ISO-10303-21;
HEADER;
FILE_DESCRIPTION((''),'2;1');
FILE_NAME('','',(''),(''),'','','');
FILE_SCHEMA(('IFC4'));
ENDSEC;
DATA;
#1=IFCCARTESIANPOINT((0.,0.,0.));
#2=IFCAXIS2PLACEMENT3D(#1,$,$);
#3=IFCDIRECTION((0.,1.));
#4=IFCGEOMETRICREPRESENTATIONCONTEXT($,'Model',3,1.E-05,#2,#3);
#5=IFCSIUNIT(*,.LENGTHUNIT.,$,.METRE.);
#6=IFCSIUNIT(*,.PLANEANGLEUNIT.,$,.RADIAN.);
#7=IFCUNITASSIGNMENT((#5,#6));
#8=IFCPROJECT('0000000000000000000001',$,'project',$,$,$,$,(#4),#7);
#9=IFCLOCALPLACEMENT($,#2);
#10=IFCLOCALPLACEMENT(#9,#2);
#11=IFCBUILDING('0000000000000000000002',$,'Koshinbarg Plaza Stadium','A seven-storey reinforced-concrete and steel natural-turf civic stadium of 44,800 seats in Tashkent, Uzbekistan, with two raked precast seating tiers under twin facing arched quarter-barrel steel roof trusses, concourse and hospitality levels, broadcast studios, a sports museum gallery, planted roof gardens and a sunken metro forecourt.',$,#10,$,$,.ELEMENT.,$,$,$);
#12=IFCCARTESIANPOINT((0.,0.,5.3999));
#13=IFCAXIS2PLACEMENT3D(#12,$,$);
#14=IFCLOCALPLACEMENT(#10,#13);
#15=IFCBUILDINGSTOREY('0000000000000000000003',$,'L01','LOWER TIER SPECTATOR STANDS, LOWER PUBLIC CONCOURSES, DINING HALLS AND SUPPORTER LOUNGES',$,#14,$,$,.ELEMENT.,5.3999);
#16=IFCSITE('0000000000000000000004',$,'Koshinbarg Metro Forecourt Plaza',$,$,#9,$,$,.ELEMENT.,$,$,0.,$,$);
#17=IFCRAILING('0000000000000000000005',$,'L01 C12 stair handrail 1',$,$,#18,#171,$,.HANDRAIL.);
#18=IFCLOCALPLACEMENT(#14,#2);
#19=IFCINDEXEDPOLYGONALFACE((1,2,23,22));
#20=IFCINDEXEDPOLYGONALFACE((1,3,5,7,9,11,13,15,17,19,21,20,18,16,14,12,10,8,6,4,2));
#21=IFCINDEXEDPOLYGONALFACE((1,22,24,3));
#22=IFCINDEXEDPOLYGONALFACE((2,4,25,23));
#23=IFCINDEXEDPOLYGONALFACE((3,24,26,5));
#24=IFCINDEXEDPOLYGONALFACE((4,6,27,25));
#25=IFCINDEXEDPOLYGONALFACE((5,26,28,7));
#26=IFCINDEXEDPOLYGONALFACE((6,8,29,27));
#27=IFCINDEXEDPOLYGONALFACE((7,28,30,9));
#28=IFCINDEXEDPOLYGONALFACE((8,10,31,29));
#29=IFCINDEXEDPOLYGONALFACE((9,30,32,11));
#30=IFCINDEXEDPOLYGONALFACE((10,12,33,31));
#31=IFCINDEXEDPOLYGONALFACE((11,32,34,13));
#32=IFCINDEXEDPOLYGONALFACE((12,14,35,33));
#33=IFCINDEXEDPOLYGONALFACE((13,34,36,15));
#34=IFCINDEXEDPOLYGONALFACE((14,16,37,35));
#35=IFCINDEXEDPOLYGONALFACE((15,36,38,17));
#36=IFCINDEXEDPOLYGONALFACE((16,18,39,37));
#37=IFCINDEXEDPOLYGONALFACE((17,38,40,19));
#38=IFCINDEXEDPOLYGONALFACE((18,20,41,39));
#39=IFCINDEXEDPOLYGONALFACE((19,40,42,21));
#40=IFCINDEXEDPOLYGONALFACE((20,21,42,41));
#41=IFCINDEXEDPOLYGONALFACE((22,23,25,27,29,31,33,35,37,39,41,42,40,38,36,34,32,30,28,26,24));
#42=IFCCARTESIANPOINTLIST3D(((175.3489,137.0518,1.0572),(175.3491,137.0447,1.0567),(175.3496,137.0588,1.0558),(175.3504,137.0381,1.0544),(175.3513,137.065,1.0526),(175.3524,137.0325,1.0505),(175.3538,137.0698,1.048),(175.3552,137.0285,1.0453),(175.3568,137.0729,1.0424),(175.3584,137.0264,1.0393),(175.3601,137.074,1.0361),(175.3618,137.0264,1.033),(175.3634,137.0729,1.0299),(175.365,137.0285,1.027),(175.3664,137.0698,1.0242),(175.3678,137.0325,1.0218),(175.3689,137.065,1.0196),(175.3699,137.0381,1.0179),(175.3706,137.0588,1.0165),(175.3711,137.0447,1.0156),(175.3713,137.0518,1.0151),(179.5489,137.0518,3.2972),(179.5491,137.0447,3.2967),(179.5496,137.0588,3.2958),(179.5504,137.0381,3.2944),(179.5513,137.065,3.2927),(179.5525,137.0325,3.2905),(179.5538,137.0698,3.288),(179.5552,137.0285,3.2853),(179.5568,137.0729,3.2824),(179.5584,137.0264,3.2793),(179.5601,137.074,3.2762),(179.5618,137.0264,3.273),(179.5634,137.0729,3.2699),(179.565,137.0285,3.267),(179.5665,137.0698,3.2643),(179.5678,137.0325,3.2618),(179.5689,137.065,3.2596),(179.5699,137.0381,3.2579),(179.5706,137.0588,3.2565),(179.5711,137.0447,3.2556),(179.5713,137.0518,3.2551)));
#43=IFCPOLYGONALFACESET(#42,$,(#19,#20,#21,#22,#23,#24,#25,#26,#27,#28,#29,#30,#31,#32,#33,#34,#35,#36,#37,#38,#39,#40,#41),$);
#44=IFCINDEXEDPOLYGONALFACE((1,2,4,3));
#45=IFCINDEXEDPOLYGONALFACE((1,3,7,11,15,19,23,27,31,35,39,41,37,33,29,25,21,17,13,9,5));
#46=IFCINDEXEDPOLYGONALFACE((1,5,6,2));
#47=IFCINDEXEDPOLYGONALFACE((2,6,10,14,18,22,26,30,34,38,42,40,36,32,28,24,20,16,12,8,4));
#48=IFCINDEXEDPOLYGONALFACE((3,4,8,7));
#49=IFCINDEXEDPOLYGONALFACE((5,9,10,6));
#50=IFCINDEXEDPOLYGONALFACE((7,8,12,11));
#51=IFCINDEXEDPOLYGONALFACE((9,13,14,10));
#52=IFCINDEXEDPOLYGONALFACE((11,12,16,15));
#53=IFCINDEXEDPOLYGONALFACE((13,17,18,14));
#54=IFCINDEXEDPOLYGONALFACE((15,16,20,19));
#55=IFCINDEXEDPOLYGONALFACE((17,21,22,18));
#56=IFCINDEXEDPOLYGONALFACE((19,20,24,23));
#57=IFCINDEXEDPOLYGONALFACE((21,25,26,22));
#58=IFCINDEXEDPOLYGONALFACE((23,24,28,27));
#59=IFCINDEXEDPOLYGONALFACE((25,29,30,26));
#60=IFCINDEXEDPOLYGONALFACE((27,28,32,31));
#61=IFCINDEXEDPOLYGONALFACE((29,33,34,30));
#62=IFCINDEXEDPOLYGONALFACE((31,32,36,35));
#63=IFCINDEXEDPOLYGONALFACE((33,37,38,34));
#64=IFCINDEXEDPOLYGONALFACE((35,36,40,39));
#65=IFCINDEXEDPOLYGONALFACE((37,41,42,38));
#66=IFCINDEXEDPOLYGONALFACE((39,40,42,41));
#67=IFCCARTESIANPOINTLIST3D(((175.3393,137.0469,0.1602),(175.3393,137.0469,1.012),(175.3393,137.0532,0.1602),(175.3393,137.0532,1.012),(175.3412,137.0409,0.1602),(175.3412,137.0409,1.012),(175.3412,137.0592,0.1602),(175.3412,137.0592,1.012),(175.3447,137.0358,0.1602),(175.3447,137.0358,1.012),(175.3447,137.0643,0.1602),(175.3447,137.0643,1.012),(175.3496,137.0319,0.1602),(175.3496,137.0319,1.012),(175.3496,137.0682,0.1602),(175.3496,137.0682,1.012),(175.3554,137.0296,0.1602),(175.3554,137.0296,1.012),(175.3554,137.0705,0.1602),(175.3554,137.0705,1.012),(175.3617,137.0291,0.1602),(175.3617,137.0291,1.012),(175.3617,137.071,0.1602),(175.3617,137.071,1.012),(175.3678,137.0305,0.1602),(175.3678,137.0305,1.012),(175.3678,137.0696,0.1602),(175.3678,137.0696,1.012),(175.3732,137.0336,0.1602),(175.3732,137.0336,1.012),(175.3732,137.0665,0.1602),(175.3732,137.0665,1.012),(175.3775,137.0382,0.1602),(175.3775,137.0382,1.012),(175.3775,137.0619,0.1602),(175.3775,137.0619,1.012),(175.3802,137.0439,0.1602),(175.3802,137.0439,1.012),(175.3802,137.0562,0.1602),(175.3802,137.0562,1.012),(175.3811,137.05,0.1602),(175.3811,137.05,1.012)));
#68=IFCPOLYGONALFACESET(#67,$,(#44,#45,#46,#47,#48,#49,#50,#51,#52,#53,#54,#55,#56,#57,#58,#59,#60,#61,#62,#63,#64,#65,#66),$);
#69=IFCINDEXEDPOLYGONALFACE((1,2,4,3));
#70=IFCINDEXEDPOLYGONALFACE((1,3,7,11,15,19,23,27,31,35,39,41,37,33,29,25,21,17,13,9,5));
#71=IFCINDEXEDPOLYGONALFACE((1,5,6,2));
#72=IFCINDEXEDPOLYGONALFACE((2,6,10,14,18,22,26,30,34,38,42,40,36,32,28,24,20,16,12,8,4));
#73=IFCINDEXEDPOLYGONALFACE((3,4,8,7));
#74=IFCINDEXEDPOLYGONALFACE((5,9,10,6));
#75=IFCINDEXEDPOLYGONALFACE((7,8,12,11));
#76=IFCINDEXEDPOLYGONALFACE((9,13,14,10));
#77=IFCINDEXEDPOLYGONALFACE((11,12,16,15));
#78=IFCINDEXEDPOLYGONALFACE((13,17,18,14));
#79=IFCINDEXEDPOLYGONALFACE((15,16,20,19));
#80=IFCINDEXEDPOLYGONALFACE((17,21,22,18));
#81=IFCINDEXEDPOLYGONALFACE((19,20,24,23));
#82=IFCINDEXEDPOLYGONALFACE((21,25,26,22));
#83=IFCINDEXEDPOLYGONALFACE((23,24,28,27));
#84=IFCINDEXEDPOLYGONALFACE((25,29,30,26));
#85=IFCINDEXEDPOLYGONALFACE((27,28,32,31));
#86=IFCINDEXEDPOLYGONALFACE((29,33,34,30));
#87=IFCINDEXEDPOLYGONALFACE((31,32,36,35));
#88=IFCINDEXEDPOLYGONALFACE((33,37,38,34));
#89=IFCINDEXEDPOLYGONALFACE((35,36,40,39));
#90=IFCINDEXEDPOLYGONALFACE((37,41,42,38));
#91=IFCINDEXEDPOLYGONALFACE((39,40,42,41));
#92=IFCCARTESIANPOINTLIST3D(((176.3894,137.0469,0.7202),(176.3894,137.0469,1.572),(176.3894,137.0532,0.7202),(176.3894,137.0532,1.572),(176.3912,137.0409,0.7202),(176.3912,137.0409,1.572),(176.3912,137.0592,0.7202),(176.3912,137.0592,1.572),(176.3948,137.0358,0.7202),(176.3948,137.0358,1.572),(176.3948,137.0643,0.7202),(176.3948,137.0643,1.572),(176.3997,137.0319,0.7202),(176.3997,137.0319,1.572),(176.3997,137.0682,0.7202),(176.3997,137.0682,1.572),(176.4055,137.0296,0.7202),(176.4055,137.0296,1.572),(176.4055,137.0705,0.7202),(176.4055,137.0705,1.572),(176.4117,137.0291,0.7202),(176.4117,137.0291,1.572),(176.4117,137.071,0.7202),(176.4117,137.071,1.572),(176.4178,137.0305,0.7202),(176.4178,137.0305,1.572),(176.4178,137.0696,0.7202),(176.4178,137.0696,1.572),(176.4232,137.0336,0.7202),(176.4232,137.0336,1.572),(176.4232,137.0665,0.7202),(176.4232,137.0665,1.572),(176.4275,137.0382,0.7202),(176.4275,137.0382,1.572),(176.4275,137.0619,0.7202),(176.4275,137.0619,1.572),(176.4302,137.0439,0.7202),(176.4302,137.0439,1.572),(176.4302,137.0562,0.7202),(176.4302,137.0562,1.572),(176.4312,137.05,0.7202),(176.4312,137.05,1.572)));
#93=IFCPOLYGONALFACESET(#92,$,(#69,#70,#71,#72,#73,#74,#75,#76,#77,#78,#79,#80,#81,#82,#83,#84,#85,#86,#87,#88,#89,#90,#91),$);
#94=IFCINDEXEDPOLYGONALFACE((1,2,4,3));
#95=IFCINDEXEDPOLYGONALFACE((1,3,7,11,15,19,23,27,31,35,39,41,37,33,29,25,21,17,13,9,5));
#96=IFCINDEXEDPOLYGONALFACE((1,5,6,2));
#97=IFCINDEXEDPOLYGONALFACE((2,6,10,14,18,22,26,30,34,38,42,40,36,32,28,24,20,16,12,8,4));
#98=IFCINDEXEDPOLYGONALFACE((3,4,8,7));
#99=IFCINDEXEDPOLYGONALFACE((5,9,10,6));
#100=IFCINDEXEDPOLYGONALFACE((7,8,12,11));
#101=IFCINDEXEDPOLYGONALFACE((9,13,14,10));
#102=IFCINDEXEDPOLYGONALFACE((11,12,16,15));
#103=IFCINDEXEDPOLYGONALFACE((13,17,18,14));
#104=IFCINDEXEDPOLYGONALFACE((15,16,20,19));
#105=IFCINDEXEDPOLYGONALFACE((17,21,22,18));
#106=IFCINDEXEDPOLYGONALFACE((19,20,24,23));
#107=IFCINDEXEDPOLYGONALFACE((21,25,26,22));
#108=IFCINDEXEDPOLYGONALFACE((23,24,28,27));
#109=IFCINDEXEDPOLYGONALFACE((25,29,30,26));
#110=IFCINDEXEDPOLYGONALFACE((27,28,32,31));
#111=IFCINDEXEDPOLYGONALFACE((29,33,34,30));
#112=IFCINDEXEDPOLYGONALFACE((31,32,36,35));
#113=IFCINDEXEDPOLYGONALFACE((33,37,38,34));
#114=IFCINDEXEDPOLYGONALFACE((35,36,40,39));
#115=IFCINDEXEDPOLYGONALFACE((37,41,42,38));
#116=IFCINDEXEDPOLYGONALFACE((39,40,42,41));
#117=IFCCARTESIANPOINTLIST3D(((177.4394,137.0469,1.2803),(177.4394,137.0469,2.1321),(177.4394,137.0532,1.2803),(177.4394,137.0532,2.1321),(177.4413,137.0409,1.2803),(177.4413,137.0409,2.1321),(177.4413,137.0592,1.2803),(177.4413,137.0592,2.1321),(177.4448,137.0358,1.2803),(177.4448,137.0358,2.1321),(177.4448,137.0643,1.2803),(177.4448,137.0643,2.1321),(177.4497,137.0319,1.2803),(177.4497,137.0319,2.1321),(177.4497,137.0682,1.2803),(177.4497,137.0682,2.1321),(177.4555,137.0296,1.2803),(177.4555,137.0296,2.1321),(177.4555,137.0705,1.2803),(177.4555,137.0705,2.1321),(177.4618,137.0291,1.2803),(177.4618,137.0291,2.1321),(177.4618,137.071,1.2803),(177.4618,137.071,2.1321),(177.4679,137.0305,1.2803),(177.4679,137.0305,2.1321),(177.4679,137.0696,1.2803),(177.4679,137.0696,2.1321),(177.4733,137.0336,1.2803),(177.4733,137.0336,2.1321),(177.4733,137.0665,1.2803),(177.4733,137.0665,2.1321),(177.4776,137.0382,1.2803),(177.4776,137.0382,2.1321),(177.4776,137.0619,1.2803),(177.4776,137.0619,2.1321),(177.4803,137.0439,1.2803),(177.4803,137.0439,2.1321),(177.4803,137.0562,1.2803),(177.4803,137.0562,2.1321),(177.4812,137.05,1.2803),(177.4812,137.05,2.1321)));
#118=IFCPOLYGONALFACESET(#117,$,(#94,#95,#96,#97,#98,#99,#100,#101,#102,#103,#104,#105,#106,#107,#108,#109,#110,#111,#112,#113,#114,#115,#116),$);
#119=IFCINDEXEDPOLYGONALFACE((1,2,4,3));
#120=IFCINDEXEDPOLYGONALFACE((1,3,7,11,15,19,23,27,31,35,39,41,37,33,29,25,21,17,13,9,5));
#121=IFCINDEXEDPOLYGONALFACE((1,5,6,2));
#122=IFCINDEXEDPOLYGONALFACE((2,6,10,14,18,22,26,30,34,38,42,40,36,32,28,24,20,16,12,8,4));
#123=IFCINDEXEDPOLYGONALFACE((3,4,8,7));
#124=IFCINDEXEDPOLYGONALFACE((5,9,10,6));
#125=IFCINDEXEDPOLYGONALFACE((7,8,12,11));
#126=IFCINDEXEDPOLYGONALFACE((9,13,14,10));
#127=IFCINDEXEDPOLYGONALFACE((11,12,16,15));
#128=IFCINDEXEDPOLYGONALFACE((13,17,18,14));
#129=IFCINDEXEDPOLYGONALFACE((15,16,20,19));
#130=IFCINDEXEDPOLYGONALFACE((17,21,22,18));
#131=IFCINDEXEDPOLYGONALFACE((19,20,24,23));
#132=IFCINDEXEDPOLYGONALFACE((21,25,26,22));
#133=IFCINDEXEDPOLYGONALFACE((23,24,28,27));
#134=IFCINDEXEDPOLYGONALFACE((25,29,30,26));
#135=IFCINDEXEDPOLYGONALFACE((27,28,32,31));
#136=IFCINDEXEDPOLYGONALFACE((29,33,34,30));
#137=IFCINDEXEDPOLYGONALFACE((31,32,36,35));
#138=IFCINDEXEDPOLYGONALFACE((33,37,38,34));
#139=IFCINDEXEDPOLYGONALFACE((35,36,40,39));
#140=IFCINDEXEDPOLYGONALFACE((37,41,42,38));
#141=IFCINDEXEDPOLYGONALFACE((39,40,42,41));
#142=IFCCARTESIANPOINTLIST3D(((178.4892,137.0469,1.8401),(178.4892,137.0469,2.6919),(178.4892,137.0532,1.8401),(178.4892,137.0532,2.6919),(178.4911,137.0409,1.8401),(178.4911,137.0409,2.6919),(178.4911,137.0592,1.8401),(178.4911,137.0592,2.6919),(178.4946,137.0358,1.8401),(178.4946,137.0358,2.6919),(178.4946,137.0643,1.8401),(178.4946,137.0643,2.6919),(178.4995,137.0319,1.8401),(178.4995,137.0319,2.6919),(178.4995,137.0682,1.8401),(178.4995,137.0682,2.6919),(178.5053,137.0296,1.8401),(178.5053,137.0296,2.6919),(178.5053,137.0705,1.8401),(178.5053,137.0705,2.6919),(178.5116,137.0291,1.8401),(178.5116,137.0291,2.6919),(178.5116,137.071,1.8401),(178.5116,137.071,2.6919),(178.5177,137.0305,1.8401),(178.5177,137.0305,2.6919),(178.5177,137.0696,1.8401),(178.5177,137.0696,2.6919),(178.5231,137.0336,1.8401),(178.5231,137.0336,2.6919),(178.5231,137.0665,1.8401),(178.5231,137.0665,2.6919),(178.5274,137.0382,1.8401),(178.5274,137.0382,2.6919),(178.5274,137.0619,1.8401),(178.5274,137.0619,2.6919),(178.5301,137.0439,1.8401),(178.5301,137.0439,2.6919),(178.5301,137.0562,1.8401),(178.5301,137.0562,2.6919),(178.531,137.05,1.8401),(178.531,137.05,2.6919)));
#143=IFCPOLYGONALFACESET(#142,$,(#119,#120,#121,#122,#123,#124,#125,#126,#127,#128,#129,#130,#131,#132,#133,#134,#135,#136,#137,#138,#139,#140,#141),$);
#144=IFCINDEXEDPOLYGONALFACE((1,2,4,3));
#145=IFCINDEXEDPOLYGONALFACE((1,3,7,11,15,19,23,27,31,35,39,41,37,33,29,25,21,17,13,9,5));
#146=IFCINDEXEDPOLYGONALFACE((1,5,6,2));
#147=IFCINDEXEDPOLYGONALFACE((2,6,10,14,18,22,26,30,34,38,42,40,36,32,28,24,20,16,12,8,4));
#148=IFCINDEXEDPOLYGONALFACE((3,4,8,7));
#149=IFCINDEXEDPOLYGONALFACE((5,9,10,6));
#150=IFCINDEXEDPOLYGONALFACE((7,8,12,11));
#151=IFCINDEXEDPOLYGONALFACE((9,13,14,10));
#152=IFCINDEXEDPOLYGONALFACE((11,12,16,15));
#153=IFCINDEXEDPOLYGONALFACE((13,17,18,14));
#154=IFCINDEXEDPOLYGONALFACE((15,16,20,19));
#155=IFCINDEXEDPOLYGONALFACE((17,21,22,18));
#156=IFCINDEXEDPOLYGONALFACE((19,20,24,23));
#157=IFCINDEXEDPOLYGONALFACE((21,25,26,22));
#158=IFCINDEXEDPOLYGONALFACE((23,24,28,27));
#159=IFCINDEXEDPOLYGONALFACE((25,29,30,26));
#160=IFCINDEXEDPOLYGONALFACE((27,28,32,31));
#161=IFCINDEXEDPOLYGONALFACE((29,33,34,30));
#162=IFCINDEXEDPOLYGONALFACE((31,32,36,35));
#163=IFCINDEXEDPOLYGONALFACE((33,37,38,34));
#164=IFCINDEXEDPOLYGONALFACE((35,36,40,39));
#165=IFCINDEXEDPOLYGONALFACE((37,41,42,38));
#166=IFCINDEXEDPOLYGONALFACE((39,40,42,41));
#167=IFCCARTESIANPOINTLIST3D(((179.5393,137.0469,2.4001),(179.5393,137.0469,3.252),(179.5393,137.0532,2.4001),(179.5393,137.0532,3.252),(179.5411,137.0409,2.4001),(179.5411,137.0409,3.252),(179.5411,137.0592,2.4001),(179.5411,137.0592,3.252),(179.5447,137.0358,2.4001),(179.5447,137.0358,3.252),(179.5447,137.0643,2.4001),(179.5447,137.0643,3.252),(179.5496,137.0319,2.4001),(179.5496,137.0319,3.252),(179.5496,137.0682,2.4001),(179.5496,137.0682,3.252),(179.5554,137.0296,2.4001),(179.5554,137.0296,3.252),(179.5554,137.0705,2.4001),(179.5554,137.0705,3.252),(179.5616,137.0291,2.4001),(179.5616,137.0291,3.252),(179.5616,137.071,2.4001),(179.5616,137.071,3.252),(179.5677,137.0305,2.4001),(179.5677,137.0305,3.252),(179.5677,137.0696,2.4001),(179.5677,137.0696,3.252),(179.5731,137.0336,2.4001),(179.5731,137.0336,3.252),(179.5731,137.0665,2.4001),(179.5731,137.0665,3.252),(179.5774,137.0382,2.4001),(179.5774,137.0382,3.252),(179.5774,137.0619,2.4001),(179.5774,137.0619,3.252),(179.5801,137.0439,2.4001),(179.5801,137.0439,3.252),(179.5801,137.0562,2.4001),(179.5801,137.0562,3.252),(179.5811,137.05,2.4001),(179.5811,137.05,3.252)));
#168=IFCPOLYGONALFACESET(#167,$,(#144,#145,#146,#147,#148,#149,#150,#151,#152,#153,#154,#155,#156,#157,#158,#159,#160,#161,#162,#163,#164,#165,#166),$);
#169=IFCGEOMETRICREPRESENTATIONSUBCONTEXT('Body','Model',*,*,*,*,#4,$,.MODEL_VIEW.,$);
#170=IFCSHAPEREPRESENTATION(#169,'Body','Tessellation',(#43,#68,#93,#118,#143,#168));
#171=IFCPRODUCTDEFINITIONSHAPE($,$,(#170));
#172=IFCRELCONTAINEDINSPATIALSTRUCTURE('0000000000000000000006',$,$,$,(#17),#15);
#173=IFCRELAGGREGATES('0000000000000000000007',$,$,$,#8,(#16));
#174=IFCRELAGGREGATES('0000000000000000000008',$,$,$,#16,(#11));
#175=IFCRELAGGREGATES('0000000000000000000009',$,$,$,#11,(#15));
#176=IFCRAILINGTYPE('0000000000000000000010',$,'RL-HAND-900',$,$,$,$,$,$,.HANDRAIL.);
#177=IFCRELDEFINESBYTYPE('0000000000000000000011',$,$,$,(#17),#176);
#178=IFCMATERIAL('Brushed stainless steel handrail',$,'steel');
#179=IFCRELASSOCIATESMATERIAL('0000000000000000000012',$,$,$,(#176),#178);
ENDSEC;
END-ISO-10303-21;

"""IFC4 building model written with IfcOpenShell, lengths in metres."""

from ifc_helpers import new_model, si_unit, direction, frame, origin, origin_2d, place, context, subcontext, project, spatial, circle, extrude, material, type_object, element, save


model = new_model("IFC4")

# Units and contexts
model_context = context("Model", 3, precision=1e-05, world=origin(), true_north=direction((0.0, 1.0)))
body_context = subcontext(model_context, "Body", "Model", "MODEL_VIEW")
ifc_project = project(units=[si_unit("LENGTHUNIT", "METRE"), si_unit("PLANEANGLEUNIT", "RADIAN")], contexts=[model_context])

# Site, building, storey
site_placement = place(None, origin())
site = spatial("IfcSite", under=ifc_project, at=site_placement, Name="Koshinbarg Metro Forecourt Plaza", CompositionType="ELEMENT", RefElevation=0.0)
building_placement = place(site_placement, origin())
building = spatial("IfcBuilding", under=site, at=building_placement, Name="Koshinbarg Plaza Stadium", Description="A seven-storey reinforced-concrete and steel natural-turf civic stadium of 44,800 seats in Tashkent, Uzbekistan, with two raked precast seating tiers under twin facing arched quarter-barrel steel roof trusses, concourse and hospitality levels, broadcast studios, a sports museum gallery, planted roof gardens and a sunken metro forecourt.", CompositionType="ELEMENT")
storey_placement = place(building_placement, frame((0.0, 0.0, 5.3999)))
storey = spatial("IfcBuildingStorey", under=building, at=storey_placement, Name="L01", Description="LOWER TIER SPECTATOR STANDS, LOWER PUBLIC CONCOURSES, DINING HALLS AND SUPPORTER LOUNGES", CompositionType="ELEMENT", Elevation=5.3999)

# Railing
ifc_material_1 = material(Name="Brushed stainless steel handrail", Category="steel")
railing_type_1 = type_object("IfcRailingType", Name="RL-HAND-900", PredefinedType="HANDRAIL", material=ifc_material_1)
railing_1_placement = place(storey_placement, frame((175.3601, 137.05, 0.1602)))
element("IfcRailing", 1, at=railing_1_placement, inside=storey, type_object=railing_type_1, Name="L01 C12 stair handrail 1", PredefinedType="HANDRAIL", context=body_context, shape_type="SweptSolid", body=[
    extrude(circle(Radius=0.0239, at=origin_2d()), frame((0.0, 0.0, 0.876), z_axis=(0.882352, 0.0, 0.470591), x_axis=(0.0, 1.0, 0.0)), (0.0, 0.0, 1.0), 4.76),
    extrude(circle(Radius=0.021, at=origin_2d()), origin(), (0.0, 0.0, 1.0), 0.8518),
    extrude(circle(Radius=0.021, at=origin_2d()), frame((1.05, 0.0, 0.5601)), (0.0, 0.0, 1.0), 0.8518),
    extrude(circle(Radius=0.021, at=origin_2d()), frame((2.1001, 0.0, 1.1201)), (0.0, 0.0, 1.0), 0.8518),
    extrude(circle(Radius=0.021, at=origin_2d()), frame((3.1499, 0.0, 1.6799)), (0.0, 0.0, 1.0), 0.8518),
    extrude(circle(Radius=0.021, at=origin_2d()), frame((4.2, 0.0, 2.24)), (0.0, 0.0, 1.0), 0.8518),
])

save(model, "model.ifc")
